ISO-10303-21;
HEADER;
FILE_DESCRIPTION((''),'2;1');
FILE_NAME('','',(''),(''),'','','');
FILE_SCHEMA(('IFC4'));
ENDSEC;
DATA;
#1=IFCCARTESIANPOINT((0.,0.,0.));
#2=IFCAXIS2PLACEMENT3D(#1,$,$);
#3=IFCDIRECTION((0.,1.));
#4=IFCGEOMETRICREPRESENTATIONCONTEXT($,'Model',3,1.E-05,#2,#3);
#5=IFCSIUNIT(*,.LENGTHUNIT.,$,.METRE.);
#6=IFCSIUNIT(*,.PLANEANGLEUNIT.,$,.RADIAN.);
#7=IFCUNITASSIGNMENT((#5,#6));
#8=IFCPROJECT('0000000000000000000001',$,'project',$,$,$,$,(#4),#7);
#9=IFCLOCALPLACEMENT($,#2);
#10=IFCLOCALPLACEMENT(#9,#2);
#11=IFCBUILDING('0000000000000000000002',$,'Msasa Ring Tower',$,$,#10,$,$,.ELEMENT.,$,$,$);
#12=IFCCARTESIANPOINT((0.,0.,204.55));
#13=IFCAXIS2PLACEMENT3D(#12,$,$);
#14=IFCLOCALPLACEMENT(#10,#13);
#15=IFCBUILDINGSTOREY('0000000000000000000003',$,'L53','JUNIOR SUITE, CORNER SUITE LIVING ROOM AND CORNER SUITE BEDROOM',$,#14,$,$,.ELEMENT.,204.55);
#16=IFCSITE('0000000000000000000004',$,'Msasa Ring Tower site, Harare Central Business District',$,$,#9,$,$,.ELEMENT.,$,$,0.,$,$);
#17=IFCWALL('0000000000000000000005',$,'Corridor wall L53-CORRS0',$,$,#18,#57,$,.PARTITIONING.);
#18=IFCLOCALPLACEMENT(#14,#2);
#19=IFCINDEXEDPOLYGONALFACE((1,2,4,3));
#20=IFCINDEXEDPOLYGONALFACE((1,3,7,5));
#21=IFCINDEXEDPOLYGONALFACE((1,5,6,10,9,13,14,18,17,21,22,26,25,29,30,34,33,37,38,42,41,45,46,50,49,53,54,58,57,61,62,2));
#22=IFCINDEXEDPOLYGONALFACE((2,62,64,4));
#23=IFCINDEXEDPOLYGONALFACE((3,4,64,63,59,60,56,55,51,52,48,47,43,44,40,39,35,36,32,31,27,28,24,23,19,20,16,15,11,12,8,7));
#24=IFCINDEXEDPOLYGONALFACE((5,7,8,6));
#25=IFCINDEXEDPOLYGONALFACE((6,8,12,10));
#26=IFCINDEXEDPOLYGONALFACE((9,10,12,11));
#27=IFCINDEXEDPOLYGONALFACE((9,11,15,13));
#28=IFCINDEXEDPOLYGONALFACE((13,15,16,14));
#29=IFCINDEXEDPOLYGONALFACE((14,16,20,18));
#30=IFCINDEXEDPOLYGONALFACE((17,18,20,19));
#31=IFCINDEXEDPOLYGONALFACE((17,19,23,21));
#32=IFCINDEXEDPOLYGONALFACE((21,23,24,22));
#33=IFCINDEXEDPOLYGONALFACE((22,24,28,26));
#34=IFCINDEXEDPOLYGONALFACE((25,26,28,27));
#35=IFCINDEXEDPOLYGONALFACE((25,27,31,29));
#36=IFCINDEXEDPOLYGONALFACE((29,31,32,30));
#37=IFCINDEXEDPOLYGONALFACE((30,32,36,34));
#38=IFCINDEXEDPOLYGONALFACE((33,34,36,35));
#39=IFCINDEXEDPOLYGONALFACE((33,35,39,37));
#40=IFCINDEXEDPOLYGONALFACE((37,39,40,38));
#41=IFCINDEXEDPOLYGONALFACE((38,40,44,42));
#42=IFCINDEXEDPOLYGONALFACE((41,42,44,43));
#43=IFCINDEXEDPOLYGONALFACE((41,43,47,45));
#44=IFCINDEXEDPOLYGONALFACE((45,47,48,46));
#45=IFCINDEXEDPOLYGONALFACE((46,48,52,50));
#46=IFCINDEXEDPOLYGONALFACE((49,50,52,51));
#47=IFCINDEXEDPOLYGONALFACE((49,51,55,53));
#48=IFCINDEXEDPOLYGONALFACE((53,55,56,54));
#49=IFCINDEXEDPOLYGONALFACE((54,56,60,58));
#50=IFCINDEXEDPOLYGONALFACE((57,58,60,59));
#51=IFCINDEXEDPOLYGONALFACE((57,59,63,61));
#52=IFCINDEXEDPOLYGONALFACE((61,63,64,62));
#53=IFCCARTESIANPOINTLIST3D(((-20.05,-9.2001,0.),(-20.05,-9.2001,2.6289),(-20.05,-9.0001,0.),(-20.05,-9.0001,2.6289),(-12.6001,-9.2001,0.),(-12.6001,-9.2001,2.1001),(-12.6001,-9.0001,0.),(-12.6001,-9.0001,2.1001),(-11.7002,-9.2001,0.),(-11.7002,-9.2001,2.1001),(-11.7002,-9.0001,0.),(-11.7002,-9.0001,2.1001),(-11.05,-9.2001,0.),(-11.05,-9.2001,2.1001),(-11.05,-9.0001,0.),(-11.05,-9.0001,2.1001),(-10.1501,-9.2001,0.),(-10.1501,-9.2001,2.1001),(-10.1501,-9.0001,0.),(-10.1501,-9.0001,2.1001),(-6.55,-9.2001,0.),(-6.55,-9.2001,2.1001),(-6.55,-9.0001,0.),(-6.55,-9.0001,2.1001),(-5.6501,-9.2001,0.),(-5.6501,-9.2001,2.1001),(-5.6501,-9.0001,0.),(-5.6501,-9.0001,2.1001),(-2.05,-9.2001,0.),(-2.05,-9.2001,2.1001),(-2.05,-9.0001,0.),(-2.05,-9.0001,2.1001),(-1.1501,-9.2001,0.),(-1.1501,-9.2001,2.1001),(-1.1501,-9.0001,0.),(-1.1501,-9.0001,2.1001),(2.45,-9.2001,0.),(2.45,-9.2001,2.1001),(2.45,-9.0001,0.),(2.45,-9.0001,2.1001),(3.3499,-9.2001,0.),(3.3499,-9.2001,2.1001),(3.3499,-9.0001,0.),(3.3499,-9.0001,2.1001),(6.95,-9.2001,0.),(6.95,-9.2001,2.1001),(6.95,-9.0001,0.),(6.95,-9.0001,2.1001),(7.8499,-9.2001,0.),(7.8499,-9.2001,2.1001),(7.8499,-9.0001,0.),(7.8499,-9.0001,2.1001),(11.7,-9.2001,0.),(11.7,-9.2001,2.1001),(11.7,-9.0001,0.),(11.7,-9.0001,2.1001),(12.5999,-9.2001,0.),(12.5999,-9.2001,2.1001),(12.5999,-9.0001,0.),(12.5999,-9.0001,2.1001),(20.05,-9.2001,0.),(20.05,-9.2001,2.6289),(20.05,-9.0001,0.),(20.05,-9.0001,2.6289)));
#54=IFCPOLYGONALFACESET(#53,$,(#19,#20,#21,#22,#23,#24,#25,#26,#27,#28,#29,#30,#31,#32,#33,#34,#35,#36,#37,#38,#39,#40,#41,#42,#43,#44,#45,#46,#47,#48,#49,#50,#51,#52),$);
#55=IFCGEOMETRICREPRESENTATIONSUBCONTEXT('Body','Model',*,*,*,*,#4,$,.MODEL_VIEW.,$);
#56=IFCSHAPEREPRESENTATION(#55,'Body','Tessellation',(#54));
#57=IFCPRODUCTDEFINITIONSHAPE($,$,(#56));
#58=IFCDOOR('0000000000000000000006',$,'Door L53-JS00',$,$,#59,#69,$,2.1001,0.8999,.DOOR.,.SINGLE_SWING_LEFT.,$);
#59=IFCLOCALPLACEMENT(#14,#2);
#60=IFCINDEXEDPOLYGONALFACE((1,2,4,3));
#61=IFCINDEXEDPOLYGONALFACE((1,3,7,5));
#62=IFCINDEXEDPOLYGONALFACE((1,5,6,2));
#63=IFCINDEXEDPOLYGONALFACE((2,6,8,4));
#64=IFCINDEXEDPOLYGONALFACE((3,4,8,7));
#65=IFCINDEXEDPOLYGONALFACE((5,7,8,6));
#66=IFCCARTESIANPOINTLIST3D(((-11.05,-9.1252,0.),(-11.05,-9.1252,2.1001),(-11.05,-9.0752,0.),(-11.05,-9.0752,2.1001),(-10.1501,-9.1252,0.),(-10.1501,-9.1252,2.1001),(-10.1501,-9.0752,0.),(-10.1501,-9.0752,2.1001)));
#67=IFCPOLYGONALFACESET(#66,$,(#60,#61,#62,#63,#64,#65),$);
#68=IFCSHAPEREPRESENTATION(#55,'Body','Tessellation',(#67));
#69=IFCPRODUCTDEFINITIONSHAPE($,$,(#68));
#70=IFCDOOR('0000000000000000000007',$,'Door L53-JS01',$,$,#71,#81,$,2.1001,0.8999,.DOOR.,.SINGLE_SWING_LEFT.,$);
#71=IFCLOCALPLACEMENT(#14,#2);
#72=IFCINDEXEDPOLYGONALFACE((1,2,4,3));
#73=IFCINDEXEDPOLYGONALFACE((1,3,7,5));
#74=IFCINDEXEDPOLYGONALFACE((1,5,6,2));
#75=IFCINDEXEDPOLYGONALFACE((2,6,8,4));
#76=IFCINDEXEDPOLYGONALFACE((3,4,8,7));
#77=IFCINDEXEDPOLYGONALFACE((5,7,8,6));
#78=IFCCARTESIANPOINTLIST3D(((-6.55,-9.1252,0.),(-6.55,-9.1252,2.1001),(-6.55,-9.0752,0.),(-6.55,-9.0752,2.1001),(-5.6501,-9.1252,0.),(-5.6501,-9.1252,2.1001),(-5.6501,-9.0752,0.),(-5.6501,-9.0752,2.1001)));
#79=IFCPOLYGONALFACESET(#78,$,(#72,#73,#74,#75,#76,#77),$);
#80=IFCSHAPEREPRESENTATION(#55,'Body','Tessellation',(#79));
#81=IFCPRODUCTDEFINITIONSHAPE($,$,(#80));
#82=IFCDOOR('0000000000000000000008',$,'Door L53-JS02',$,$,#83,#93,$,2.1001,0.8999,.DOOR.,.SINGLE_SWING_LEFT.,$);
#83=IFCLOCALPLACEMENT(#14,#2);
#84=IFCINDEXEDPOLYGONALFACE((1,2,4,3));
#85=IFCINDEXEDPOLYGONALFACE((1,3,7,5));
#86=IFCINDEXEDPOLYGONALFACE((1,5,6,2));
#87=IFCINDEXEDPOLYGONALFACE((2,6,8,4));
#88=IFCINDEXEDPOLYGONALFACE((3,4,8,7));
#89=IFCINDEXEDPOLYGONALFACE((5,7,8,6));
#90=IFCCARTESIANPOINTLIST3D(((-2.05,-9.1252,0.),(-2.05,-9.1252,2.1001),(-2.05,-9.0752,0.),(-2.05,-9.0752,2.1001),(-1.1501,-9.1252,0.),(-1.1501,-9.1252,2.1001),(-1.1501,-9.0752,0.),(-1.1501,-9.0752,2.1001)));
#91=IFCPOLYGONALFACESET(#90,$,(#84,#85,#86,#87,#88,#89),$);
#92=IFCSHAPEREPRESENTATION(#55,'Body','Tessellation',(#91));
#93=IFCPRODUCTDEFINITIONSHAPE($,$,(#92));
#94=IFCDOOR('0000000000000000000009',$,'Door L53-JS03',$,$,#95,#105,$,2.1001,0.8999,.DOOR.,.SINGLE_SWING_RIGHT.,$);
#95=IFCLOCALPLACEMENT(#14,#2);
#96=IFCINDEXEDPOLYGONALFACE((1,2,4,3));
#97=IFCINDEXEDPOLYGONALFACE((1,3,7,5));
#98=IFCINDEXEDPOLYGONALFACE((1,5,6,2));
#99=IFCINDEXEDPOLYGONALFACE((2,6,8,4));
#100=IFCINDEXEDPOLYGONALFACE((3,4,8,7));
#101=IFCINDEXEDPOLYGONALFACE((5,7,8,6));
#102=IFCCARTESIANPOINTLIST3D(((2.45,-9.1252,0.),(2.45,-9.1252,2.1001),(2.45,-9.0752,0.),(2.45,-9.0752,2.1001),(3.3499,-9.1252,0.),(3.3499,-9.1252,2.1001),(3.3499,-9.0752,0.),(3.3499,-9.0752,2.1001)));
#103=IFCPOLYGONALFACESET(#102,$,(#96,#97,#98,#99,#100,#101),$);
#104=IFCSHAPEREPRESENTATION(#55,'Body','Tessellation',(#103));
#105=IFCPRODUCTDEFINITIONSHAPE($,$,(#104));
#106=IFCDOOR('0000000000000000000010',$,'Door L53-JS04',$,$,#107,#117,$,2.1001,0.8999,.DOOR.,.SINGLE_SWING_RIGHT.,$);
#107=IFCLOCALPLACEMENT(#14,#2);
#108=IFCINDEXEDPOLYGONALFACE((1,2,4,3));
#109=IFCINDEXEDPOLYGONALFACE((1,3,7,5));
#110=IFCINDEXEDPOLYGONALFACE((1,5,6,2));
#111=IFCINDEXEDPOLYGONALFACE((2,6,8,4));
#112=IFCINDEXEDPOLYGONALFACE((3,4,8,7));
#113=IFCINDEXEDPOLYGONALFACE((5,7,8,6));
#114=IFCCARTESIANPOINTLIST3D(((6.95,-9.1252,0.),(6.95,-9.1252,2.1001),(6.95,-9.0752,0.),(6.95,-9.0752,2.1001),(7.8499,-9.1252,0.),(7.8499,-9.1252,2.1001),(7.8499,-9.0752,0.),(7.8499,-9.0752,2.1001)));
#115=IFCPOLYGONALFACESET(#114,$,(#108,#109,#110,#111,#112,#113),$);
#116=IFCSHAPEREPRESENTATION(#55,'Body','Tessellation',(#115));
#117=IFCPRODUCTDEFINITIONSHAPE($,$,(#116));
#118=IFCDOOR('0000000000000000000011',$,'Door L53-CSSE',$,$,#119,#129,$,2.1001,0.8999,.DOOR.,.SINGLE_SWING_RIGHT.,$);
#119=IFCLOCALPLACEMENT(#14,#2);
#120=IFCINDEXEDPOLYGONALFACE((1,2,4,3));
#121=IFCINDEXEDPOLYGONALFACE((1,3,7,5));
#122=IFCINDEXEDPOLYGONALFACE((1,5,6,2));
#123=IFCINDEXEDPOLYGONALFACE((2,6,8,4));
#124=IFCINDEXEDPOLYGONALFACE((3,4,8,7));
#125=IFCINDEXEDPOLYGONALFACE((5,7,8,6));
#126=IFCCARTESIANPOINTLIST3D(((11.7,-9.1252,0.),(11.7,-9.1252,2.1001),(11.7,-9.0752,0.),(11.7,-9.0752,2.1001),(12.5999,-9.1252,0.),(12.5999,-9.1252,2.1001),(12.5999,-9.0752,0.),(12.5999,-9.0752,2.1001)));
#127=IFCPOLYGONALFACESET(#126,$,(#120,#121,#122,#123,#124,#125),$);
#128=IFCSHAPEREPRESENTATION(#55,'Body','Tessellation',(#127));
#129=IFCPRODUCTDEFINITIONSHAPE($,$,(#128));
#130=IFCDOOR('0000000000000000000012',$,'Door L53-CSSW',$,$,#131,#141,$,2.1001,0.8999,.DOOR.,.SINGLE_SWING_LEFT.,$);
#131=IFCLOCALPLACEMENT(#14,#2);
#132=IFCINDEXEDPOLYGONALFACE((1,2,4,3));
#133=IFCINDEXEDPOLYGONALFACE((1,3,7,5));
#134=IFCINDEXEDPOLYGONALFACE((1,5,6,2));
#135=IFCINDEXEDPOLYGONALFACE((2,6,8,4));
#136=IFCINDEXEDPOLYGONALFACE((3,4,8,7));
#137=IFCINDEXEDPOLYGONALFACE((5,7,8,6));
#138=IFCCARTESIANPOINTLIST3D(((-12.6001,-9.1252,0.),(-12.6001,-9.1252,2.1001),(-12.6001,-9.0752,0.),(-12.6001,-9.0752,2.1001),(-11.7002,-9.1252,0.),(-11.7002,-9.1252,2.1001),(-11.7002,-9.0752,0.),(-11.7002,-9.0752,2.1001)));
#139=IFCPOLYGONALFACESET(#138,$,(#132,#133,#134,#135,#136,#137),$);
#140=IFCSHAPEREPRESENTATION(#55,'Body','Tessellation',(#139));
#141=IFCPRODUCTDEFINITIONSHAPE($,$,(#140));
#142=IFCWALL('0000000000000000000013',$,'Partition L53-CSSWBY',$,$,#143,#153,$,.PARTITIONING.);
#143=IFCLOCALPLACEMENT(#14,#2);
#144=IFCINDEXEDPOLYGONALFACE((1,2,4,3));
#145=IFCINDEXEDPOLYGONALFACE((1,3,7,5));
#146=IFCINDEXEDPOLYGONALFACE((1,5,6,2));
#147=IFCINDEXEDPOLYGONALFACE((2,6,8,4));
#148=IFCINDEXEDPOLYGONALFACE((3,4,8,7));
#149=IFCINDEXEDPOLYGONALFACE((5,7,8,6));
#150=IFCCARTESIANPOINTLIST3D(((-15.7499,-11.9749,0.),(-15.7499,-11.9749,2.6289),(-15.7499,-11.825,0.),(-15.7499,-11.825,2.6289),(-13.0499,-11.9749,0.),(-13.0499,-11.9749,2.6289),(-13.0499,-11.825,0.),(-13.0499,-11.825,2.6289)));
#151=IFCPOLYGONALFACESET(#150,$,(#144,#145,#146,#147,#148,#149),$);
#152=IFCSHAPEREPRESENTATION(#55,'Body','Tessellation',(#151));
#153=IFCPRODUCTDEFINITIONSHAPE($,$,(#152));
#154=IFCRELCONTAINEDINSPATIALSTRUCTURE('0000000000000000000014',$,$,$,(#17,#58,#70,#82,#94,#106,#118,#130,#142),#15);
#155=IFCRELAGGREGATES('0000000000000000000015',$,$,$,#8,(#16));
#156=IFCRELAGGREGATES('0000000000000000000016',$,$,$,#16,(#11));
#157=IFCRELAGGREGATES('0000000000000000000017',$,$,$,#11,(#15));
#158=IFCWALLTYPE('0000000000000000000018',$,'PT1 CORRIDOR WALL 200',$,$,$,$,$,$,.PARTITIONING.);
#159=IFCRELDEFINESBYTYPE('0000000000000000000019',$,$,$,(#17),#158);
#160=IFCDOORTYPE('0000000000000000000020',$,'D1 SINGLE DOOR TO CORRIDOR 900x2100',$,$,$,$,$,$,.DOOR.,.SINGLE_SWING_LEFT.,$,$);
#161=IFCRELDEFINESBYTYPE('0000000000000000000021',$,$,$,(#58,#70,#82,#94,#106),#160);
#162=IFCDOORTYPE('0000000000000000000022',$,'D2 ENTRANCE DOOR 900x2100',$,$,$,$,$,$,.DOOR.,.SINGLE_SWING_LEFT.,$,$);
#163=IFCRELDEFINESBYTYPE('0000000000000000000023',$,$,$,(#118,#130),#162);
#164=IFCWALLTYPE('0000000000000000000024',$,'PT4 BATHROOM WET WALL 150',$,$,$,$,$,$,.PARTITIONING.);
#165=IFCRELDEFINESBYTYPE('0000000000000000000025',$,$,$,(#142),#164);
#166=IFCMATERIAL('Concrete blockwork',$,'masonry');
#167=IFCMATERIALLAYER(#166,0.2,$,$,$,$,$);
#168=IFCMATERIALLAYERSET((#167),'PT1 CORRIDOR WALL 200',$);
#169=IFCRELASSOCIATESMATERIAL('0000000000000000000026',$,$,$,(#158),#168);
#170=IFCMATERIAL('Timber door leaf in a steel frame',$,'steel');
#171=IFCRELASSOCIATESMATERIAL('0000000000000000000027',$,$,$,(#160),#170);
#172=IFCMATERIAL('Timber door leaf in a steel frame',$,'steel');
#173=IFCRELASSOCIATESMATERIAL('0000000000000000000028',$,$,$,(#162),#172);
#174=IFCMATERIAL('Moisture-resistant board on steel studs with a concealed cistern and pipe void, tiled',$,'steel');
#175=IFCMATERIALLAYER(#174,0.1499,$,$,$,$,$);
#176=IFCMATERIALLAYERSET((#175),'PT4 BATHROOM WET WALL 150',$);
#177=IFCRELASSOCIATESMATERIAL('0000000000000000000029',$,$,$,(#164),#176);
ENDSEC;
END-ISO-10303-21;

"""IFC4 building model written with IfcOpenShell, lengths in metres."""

from ifc_helpers import new_model, si_unit, direction, frame, frame_2d, origin, place, context, subcontext, project, spatial, rectangle, extrude, material, layer, layer_set, type_object, element, fill, save


model = new_model("IFC4")

# Units and contexts
model_context = context("Model", 3, precision=1e-05, world=origin(), true_north=direction((0.0, 1.0)))
body_context = subcontext(model_context, "Body", "Model", "MODEL_VIEW")
ifc_project = project(units=[si_unit("LENGTHUNIT", "METRE"), si_unit("PLANEANGLEUNIT", "RADIAN")], contexts=[model_context])

# Site, building, storey
site_placement = place(None, origin())
site = spatial("IfcSite", under=ifc_project, at=site_placement, Name="Msasa Ring Tower site, Harare Central Business District", CompositionType="ELEMENT", RefElevation=0.0)
building_placement = place(site_placement, origin())
building = spatial("IfcBuilding", under=site, at=building_placement, Name="Msasa Ring Tower", CompositionType="ELEMENT")
storey_placement = place(building_placement, frame((0.0, 0.0, 204.55)))
storey = spatial("IfcBuildingStorey", under=building, at=storey_placement, Name="L53", Description="JUNIOR SUITE, CORNER SUITE LIVING ROOM AND CORNER SUITE BEDROOM", CompositionType="ELEMENT", Elevation=204.55)

# Wall, openings, doors
ifc_material_1 = material(Name="Concrete blockwork", Category="masonry")
ifc_layer_1 = layer(ifc_material_1, 0.2)
ifc_layer_set_1 = layer_set([ifc_layer_1], Name="PT1 CORRIDOR WALL 200")
wall_type_1 = type_object("IfcWallType", Name="PT1 CORRIDOR WALL 200", PredefinedType="PARTITIONING", material=ifc_layer_set_1)
wall_1_placement = place(storey_placement, frame((-20.05, -9.1001, 0.0), z_axis=(0.0, 0.0, 1.0), x_axis=(1.0, 0.0, 0.0)))
wall_1 = element("IfcWall", 1, at=wall_1_placement, inside=storey, type_object=wall_type_1, Name="Corridor wall L53-CORRS0", PredefinedType="PARTITIONING", context=body_context, shape_type="SweptSolid", body=[
    extrude(rectangle(XDim=40.1001, YDim=0.2, at=frame_2d((20.05, 0.0))), origin(), (0.0, 0.0, 1.0), 2.6289),
])
opening_1_placement = place(wall_1_placement, frame((9.0, 0.0, 0.0)))
opening_1 = element("IfcOpeningElement", 2, at=opening_1_placement, cuts=wall_1, PredefinedType="OPENING", context=body_context, shape_type="SweptSolid", body=[
    extrude(rectangle(XDim=0.8999, YDim=2.1001, at=frame_2d((0.45, 1.05))), frame((0.0, 0.1099, 0.0), z_axis=(0.0, -1.0, 0.0), x_axis=(1.0, 0.0, 0.0)), (0.0, 0.0, 1.0), 0.22),
])
opening_2_placement = place(wall_1_placement, frame((13.5, 0.0, 0.0)))
opening_2 = element("IfcOpeningElement", 3, at=opening_2_placement, cuts=wall_1, PredefinedType="OPENING", context=body_context, shape_type="SweptSolid", body=[
    extrude(rectangle(XDim=0.8999, YDim=2.1001, at=frame_2d((0.45, 1.05))), frame((0.0, 0.1099, 0.0), z_axis=(0.0, -1.0, 0.0), x_axis=(1.0, 0.0, 0.0)), (0.0, 0.0, 1.0), 0.22),
])
opening_3_placement = place(wall_1_placement, frame((18.0, 0.0, 0.0)))
opening_3 = element("IfcOpeningElement", 4, at=opening_3_placement, cuts=wall_1, PredefinedType="OPENING", context=body_context, shape_type="SweptSolid", body=[
    extrude(rectangle(XDim=0.8999, YDim=2.1001, at=frame_2d((0.45, 1.05))), frame((0.0, 0.1099, 0.0), z_axis=(0.0, -1.0, 0.0), x_axis=(1.0, 0.0, 0.0)), (0.0, 0.0, 1.0), 0.22),
])
opening_4_placement = place(wall_1_placement, frame((22.5, 0.0, 0.0)))
opening_4 = element("IfcOpeningElement", 5, at=opening_4_placement, cuts=wall_1, PredefinedType="OPENING", context=body_context, shape_type="SweptSolid", body=[
    extrude(rectangle(XDim=0.8999, YDim=2.1001, at=frame_2d((0.45, 1.05))), frame((0.0, 0.1099, 0.0), z_axis=(0.0, -1.0, 0.0), x_axis=(1.0, 0.0, 0.0)), (0.0, 0.0, 1.0), 0.22),
])
opening_5_placement = place(wall_1_placement, frame((27.0, 0.0, 0.0)))
opening_5 = element("IfcOpeningElement", 6, at=opening_5_placement, cuts=wall_1, PredefinedType="OPENING", context=body_context, shape_type="SweptSolid", body=[
    extrude(rectangle(XDim=0.8999, YDim=2.1001, at=frame_2d((0.45, 1.05))), frame((0.0, 0.1099, 0.0), z_axis=(0.0, -1.0, 0.0), x_axis=(1.0, 0.0, 0.0)), (0.0, 0.0, 1.0), 0.22),
])
opening_6_placement = place(wall_1_placement, frame((31.75, 0.0, 0.0)))
opening_6 = element("IfcOpeningElement", 7, at=opening_6_placement, cuts=wall_1, PredefinedType="OPENING", context=body_context, shape_type="SweptSolid", body=[
    extrude(rectangle(XDim=0.8999, YDim=2.1001, at=frame_2d((0.45, 1.05))), frame((0.0, 0.1099, 0.0), z_axis=(0.0, -1.0, 0.0), x_axis=(1.0, 0.0, 0.0)), (0.0, 0.0, 1.0), 0.22),
])
opening_7_placement = place(wall_1_placement, frame((7.45, 0.0, 0.0)))
opening_7 = element("IfcOpeningElement", 8, at=opening_7_placement, cuts=wall_1, PredefinedType="OPENING", context=body_context, shape_type="SweptSolid", body=[
    extrude(rectangle(XDim=0.8999, YDim=2.1001, at=frame_2d((0.45, 1.05))), frame((0.0, 0.1099, 0.0), z_axis=(0.0, -1.0, 0.0), x_axis=(1.0, 0.0, 0.0)), (0.0, 0.0, 1.0), 0.22),
])
ifc_material_2 = material(Name="Timber door leaf in a steel frame", Category="steel")
door_type_1 = type_object("IfcDoorType", Name="D1 SINGLE DOOR TO CORRIDOR 900x2100", OperationType="SINGLE_SWING_LEFT", PredefinedType="DOOR", material=ifc_material_2)
door_1_placement = place(opening_1_placement, origin())
door_1 = element("IfcDoor", 9, at=door_1_placement, inside=storey, type_object=door_type_1, Name="Door L53-JS00", OperationType="SINGLE_SWING_LEFT", OverallHeight=2.1001, OverallWidth=0.8999, PredefinedType="DOOR", context=body_context, shape_type="SweptSolid", body=[
    extrude(rectangle(XDim=0.8999, YDim=2.1001, at=frame_2d((0.45, 1.05))), frame((0.0, 0.0249, 0.0), z_axis=(0.0, -1.0, 0.0), x_axis=(1.0, 0.0, 0.0)), (0.0, 0.0, 1.0), 0.05),
])
fill(opening_1, door_1)
door_2_placement = place(opening_2_placement, origin())
door_2 = element("IfcDoor", 10, at=door_2_placement, inside=storey, type_object=door_type_1, Name="Door L53-JS01", OperationType="SINGLE_SWING_LEFT", OverallHeight=2.1001, OverallWidth=0.8999, PredefinedType="DOOR", context=body_context, shape_type="SweptSolid", body=[
    extrude(rectangle(XDim=0.8999, YDim=2.1001, at=frame_2d((0.45, 1.05))), frame((0.0, 0.0249, 0.0), z_axis=(0.0, -1.0, 0.0), x_axis=(1.0, 0.0, 0.0)), (0.0, 0.0, 1.0), 0.05),
])
fill(opening_2, door_2)
door_3_placement = place(opening_3_placement, origin())
door_3 = element("IfcDoor", 11, at=door_3_placement, inside=storey, type_object=door_type_1, Name="Door L53-JS02", OperationType="SINGLE_SWING_LEFT", OverallHeight=2.1001, OverallWidth=0.8999, PredefinedType="DOOR", context=body_context, shape_type="SweptSolid", body=[
    extrude(rectangle(XDim=0.8999, YDim=2.1001, at=frame_2d((0.45, 1.05))), frame((0.0, 0.0249, 0.0), z_axis=(0.0, -1.0, 0.0), x_axis=(1.0, 0.0, 0.0)), (0.0, 0.0, 1.0), 0.05),
])
fill(opening_3, door_3)
door_4_placement = place(opening_4_placement, origin())
door_4 = element("IfcDoor", 12, at=door_4_placement, inside=storey, type_object=door_type_1, Name="Door L53-JS03", OperationType="SINGLE_SWING_RIGHT", OverallHeight=2.1001, OverallWidth=0.8999, PredefinedType="DOOR", context=body_context, shape_type="SweptSolid", body=[
    extrude(rectangle(XDim=0.8999, YDim=2.1001, at=frame_2d((0.45, 1.05))), frame((0.0, 0.0249, 0.0), z_axis=(0.0, -1.0, 0.0), x_axis=(1.0, 0.0, 0.0)), (0.0, 0.0, 1.0), 0.05),
])
fill(opening_4, door_4)
door_5_placement = place(opening_5_placement, origin())
door_5 = element("IfcDoor", 13, at=door_5_placement, inside=storey, type_object=door_type_1, Name="Door L53-JS04", OperationType="SINGLE_SWING_RIGHT", OverallHeight=2.1001, OverallWidth=0.8999, PredefinedType="DOOR", context=body_context, shape_type="SweptSolid", body=[
    extrude(rectangle(XDim=0.8999, YDim=2.1001, at=frame_2d((0.45, 1.05))), frame((0.0, 0.0249, 0.0), z_axis=(0.0, -1.0, 0.0), x_axis=(1.0, 0.0, 0.0)), (0.0, 0.0, 1.0), 0.05),
])
fill(opening_5, door_5)
ifc_material_3 = material(Name="Timber door leaf in a steel frame", Category="steel")
door_type_2 = type_object("IfcDoorType", Name="D2 ENTRANCE DOOR 900x2100", OperationType="SINGLE_SWING_LEFT", PredefinedType="DOOR", material=ifc_material_3)
door_6_placement = place(opening_6_placement, origin())
door_6 = element("IfcDoor", 14, at=door_6_placement, inside=storey, type_object=door_type_2, Name="Door L53-CSSE", OperationType="SINGLE_SWING_RIGHT", OverallHeight=2.1001, OverallWidth=0.8999, PredefinedType="DOOR", context=body_context, shape_type="SweptSolid", body=[
    extrude(rectangle(XDim=0.8999, YDim=2.1001, at=frame_2d((0.45, 1.05))), frame((0.0, 0.0249, 0.0), z_axis=(0.0, -1.0, 0.0), x_axis=(1.0, 0.0, 0.0)), (0.0, 0.0, 1.0), 0.05),
])
fill(opening_6, door_6)
door_7_placement = place(opening_7_placement, origin())
door_7 = element("IfcDoor", 15, at=door_7_placement, inside=storey, type_object=door_type_2, Name="Door L53-CSSW", OperationType="SINGLE_SWING_LEFT", OverallHeight=2.1001, OverallWidth=0.8999, PredefinedType="DOOR", context=body_context, shape_type="SweptSolid", body=[
    extrude(rectangle(XDim=0.8999, YDim=2.1001, at=frame_2d((0.45, 1.05))), frame((0.0, 0.0249, 0.0), z_axis=(0.0, -1.0, 0.0), x_axis=(1.0, 0.0, 0.0)), (0.0, 0.0, 1.0), 0.05),
])
fill(opening_7, door_7)

# Wall
ifc_material_4 = material(Name="Moisture-resistant board on steel studs with a concealed cistern and pipe void, tiled", Category="steel")
ifc_layer_2 = layer(ifc_material_4, 0.1499)
ifc_layer_set_2 = layer_set([ifc_layer_2], Name="PT4 BATHROOM WET WALL 150")
wall_type_2 = type_object("IfcWallType", Name="PT4 BATHROOM WET WALL 150", PredefinedType="PARTITIONING", material=ifc_layer_set_2)
wall_2_placement = place(storey_placement, frame((-15.75, -11.8999, 0.0), z_axis=(0.0, 0.0, 1.0), x_axis=(1.0, 0.0, 0.0)))
element("IfcWall", 16, at=wall_2_placement, inside=storey, type_object=wall_type_2, Name="Partition L53-CSSWBY", PredefinedType="PARTITIONING", context=body_context, shape_type="SweptSolid", body=[
    extrude(rectangle(XDim=2.7, YDim=0.1499, at=frame_2d((1.3501, 0.0))), origin(), (0.0, 0.0, 1.0), 2.6289),
])

save(model, "model.ifc")
